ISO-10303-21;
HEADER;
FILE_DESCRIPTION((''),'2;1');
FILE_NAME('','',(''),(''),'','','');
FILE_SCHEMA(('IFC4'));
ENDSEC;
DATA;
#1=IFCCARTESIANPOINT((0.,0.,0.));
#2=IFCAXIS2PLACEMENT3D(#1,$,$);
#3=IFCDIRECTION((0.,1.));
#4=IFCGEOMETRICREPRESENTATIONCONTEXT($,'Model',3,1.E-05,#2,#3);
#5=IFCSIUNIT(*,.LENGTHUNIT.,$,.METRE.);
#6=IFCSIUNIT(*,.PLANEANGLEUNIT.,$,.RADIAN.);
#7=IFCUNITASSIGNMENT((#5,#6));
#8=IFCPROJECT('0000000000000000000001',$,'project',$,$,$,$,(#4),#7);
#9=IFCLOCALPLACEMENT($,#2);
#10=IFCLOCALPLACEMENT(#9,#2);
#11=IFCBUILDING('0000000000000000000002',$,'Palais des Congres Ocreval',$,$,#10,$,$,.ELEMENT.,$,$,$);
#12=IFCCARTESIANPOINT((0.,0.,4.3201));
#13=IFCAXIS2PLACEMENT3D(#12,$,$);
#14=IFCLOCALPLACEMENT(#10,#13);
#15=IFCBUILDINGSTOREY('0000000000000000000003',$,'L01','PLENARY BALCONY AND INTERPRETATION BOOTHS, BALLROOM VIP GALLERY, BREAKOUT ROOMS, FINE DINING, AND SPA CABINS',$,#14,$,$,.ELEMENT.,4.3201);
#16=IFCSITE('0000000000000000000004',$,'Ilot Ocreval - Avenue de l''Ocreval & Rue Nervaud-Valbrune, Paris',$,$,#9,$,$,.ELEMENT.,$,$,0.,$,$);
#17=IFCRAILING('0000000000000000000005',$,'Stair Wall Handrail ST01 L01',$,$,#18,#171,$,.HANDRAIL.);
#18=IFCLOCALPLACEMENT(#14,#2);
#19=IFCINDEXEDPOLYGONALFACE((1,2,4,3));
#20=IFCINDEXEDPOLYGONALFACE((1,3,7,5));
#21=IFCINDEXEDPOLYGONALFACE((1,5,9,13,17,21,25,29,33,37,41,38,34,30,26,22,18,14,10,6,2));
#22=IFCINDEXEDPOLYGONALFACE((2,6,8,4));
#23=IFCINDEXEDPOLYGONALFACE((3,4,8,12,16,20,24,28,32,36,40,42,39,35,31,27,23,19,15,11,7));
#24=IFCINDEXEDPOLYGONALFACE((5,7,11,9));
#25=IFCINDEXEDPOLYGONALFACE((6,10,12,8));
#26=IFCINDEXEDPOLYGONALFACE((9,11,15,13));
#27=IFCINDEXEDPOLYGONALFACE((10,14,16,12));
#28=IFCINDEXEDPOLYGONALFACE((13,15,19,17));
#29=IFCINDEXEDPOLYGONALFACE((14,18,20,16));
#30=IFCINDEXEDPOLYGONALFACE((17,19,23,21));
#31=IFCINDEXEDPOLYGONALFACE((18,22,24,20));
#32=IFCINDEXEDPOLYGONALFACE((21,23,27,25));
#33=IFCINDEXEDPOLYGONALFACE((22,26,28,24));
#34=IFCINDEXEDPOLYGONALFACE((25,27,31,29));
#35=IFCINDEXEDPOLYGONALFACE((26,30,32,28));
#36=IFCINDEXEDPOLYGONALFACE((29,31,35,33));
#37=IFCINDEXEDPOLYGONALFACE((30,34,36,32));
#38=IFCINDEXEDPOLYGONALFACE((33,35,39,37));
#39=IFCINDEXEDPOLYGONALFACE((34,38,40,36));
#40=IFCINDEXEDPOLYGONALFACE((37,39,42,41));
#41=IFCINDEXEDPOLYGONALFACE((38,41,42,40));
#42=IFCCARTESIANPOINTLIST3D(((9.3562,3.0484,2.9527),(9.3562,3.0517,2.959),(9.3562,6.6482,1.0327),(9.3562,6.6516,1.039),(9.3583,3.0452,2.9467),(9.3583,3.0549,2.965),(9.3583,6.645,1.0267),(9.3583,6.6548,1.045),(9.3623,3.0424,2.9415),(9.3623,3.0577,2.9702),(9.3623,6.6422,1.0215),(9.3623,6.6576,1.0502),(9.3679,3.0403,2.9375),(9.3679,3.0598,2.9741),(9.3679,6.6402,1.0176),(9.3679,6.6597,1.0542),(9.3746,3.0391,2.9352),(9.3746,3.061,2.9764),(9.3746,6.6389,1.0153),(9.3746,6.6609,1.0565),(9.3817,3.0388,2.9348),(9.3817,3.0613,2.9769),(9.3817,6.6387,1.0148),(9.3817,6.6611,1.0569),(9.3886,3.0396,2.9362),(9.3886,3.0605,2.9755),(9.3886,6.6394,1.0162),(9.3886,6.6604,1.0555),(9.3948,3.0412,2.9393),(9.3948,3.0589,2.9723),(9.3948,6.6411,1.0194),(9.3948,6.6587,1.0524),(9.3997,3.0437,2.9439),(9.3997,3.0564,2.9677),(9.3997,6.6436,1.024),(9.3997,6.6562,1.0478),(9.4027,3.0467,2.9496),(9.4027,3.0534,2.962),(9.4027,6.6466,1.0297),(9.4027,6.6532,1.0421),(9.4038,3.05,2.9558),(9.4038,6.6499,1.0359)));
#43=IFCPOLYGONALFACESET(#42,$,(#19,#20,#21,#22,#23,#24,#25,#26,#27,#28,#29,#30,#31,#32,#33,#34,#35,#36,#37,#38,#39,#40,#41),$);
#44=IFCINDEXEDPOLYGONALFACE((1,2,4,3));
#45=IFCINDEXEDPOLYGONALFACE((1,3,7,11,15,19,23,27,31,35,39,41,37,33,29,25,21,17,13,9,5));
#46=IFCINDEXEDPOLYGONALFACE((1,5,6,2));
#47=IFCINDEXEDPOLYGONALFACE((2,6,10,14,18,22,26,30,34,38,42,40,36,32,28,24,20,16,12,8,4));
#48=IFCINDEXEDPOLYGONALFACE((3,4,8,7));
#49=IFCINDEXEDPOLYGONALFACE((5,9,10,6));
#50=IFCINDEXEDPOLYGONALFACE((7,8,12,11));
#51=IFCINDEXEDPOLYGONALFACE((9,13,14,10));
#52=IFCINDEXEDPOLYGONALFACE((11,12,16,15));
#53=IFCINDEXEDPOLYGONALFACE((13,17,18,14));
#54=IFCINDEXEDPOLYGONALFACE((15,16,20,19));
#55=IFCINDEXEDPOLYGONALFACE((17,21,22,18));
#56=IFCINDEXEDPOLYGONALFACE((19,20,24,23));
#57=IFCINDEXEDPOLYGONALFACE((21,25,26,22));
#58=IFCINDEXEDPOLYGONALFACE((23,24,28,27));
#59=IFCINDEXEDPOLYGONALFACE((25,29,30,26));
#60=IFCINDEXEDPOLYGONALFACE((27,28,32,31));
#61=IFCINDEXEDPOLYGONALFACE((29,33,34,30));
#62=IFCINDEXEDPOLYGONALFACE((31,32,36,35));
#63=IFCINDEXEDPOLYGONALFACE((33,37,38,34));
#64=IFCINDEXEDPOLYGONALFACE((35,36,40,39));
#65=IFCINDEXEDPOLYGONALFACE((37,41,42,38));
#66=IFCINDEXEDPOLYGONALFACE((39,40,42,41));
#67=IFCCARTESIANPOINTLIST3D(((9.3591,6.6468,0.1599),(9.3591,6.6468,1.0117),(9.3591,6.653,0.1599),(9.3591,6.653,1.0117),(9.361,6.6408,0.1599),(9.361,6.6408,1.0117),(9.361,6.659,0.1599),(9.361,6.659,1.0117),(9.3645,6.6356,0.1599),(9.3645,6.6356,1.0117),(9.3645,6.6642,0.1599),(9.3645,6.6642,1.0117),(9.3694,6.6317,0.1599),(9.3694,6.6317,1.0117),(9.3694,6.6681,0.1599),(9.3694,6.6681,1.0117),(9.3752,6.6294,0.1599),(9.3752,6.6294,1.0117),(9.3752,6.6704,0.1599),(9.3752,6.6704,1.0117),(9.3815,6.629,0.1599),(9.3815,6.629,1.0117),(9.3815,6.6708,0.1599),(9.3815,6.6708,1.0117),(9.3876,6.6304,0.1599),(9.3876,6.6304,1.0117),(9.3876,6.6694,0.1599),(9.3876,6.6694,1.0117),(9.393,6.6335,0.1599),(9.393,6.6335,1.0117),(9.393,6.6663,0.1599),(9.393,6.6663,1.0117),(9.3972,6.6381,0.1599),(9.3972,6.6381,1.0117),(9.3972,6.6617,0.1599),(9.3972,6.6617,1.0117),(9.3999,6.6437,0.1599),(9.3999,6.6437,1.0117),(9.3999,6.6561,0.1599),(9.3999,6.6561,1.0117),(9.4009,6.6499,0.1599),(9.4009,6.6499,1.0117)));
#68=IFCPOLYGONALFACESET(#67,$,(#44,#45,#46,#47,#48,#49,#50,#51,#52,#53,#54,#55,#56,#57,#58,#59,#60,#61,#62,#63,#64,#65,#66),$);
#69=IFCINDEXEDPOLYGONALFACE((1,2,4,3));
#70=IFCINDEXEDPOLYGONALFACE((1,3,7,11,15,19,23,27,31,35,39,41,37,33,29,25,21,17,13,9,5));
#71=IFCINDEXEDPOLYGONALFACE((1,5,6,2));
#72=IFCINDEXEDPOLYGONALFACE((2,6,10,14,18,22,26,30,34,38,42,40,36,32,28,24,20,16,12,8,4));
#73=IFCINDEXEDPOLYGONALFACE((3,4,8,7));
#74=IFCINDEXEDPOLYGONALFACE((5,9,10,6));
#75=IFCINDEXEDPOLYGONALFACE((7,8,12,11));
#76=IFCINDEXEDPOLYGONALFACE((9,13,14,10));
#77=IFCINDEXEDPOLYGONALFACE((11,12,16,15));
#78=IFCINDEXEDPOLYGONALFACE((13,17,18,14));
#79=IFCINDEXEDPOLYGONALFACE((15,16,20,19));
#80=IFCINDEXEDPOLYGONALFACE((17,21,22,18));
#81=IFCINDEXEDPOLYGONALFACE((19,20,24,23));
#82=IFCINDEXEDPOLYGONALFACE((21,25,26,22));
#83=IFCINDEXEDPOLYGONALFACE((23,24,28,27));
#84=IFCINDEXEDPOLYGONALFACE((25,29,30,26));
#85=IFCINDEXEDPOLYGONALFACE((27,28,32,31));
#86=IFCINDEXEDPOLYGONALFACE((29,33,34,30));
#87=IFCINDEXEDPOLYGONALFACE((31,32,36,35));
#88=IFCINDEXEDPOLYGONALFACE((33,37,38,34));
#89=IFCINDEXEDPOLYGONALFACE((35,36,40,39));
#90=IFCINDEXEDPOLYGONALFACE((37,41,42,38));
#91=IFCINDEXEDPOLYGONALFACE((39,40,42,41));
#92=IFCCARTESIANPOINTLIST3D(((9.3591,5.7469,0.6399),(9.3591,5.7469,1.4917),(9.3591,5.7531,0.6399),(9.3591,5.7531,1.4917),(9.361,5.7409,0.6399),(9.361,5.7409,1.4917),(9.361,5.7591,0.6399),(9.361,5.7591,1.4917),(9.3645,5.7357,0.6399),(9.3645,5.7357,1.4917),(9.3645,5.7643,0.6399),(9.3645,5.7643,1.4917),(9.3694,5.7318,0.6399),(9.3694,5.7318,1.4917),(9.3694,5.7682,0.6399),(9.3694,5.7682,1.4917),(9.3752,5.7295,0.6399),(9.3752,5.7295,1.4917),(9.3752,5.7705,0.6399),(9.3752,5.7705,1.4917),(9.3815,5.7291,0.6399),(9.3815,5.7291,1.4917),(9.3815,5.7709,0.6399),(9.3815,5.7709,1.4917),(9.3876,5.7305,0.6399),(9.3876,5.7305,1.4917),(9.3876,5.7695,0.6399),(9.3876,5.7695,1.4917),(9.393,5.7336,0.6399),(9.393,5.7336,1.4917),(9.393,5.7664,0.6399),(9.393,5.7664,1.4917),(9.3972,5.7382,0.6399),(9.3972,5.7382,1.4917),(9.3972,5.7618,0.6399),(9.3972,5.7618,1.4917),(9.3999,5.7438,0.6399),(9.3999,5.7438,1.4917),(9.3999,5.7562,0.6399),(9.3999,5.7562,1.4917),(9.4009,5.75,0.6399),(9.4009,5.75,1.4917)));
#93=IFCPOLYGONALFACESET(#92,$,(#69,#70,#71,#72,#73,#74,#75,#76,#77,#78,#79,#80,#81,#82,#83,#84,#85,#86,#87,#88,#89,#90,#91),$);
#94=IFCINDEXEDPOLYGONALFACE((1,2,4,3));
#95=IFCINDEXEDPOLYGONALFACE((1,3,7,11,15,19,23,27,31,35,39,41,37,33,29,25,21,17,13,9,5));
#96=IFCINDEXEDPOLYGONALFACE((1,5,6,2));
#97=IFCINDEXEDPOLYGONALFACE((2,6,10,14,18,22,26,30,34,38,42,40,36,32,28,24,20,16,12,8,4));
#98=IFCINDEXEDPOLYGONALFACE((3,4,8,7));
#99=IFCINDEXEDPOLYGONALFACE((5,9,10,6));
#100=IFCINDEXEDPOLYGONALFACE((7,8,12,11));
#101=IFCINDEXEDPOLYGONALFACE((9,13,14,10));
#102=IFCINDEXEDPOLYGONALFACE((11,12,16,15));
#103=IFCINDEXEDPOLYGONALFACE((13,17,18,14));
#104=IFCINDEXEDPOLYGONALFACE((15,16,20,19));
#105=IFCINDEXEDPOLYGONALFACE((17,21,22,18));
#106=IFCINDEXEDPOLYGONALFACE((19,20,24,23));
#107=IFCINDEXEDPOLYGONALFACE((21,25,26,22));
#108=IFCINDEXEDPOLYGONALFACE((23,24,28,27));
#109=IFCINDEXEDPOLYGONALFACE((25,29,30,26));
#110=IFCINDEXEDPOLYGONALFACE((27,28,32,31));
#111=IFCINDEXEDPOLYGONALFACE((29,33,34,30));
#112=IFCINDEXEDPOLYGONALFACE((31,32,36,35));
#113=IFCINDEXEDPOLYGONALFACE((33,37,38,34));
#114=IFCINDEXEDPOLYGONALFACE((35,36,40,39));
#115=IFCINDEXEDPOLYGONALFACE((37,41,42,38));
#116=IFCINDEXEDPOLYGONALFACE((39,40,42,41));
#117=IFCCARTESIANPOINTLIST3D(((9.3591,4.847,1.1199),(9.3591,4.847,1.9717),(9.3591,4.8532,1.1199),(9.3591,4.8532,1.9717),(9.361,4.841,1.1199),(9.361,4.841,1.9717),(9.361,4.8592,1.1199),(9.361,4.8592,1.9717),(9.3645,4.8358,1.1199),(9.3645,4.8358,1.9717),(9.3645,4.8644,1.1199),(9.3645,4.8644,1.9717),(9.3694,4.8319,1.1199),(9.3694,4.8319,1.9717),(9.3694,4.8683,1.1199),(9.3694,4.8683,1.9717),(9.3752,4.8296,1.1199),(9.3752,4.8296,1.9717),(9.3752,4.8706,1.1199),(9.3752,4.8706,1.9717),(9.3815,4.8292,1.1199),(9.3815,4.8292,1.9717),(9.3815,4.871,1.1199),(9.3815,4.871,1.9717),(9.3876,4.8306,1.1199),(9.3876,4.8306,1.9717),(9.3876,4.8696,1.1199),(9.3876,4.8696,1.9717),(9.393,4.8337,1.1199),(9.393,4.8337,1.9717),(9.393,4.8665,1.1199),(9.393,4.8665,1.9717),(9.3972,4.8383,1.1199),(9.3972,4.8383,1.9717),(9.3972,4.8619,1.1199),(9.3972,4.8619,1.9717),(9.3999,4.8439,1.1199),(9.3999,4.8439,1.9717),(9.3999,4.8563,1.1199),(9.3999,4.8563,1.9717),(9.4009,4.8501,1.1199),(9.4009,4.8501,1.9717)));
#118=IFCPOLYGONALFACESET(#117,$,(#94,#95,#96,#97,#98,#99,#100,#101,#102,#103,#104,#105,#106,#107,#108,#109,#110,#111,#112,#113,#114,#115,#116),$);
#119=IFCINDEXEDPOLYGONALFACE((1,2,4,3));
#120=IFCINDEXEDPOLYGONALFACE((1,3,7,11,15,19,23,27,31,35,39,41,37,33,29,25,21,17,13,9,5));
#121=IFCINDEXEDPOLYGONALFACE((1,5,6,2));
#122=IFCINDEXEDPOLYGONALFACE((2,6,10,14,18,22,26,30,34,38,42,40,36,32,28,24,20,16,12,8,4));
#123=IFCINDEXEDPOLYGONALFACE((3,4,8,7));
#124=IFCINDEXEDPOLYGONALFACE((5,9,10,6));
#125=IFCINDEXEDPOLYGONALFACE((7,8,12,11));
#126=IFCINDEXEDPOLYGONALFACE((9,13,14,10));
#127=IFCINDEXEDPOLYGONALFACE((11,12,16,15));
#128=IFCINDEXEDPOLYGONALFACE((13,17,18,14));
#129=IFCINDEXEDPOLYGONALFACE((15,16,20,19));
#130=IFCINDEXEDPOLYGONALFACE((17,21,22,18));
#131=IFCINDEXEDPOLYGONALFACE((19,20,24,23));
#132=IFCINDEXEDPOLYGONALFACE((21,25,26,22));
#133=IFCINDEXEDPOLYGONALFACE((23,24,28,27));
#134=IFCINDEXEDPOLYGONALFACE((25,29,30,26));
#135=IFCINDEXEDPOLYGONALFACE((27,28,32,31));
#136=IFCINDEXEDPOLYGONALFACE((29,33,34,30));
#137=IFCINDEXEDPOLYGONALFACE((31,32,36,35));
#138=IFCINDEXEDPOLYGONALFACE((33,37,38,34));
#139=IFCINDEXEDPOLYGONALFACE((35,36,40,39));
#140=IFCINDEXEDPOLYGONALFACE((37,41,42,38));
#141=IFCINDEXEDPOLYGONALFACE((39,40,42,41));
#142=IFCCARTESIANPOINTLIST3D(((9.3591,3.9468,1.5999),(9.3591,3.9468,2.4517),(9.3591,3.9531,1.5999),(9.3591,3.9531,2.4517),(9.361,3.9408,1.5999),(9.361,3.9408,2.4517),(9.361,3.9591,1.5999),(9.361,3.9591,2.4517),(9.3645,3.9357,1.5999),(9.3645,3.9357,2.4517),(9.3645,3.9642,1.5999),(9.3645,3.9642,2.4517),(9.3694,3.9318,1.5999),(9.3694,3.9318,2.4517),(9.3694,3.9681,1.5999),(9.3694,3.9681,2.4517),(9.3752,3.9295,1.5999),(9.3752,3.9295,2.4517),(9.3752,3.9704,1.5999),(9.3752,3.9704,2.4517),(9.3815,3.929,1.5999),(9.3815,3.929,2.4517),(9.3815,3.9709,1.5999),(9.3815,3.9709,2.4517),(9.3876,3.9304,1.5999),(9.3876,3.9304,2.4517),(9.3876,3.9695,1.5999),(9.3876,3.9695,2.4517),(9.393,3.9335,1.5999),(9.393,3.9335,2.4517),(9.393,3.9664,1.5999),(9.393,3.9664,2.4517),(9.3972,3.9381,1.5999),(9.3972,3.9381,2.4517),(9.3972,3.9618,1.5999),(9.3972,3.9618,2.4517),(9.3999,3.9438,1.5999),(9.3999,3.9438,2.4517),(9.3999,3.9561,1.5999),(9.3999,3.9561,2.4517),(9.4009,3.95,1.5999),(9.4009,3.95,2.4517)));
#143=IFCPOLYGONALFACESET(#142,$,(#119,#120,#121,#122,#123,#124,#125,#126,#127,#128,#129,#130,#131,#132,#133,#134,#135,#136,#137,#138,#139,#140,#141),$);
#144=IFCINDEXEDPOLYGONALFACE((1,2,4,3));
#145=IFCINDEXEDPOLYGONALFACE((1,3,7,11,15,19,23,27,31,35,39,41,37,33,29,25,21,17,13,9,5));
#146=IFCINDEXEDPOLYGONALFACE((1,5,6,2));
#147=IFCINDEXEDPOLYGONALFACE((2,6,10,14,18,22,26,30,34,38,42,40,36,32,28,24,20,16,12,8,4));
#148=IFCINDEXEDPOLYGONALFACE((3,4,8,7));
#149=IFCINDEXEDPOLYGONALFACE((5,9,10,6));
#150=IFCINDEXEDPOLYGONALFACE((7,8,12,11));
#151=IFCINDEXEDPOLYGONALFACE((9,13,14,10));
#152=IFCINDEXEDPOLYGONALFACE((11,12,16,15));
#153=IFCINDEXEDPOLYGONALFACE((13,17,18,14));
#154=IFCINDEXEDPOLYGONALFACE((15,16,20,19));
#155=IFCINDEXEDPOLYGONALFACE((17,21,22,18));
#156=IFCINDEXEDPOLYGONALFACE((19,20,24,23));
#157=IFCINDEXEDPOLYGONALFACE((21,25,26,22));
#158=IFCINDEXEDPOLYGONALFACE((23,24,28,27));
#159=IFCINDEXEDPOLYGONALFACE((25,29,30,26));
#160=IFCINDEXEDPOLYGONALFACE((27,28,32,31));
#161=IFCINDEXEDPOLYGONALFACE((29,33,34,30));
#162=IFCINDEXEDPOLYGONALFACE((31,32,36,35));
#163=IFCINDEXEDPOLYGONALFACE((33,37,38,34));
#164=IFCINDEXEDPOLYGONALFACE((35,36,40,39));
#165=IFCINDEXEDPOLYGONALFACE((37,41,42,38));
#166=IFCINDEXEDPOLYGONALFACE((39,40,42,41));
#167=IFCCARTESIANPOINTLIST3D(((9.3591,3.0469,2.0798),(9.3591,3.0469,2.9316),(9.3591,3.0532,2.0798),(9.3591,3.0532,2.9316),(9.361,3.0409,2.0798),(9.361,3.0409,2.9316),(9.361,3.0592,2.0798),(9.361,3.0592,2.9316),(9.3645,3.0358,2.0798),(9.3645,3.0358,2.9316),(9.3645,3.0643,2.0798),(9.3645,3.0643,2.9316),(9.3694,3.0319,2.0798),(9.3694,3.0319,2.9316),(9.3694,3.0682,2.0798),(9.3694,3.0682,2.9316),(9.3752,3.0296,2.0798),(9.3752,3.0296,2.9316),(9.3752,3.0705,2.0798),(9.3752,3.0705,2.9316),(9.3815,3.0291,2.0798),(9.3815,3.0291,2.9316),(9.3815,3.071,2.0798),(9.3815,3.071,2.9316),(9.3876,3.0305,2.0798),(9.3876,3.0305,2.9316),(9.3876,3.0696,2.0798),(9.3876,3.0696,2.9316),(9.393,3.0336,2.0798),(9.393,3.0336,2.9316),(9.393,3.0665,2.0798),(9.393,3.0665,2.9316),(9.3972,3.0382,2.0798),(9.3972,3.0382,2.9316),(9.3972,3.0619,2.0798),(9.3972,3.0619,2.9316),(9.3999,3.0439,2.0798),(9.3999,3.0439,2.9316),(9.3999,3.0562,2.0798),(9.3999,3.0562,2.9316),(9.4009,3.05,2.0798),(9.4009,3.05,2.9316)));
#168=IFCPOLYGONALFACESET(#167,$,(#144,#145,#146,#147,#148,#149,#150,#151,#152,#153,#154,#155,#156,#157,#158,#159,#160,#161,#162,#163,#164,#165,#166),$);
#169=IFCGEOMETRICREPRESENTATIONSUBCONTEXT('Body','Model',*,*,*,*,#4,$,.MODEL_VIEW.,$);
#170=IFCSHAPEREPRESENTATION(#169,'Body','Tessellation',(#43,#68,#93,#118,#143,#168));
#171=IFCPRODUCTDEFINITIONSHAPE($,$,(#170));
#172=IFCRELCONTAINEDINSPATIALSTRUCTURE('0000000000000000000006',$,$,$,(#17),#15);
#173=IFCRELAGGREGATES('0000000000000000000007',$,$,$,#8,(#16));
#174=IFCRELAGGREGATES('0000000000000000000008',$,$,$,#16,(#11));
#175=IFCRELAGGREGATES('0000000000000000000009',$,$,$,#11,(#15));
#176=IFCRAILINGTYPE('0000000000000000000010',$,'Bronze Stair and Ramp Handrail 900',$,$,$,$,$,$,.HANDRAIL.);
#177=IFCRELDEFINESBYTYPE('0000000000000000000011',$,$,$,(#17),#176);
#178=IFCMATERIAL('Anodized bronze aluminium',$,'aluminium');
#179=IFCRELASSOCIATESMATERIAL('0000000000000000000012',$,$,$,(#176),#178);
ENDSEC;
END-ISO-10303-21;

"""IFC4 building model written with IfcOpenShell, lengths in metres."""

from ifc_helpers import new_model, si_unit, direction, frame, origin, origin_2d, place, context, subcontext, project, spatial, circle, extrude, material, type_object, element, save


model = new_model("IFC4")

# Units and contexts
model_context = context("Model", 3, precision=1e-05, world=origin(), true_north=direction((0.0, 1.0)))
body_context = subcontext(model_context, "Body", "Model", "MODEL_VIEW")
ifc_project = project(units=[si_unit("LENGTHUNIT", "METRE"), si_unit("PLANEANGLEUNIT", "RADIAN")], contexts=[model_context])

# Site, building, storey
site_placement = place(None, origin())
site = spatial("IfcSite", under=ifc_project, at=site_placement, Name="Ilot Ocreval - Avenue de l'Ocreval & Rue Nervaud-Valbrune, Paris", CompositionType="ELEMENT", RefElevation=0.0)
building_placement = place(site_placement, origin())
building = spatial("IfcBuilding", under=site, at=building_placement, Name="Palais des Congres Ocreval", CompositionType="ELEMENT")
storey_placement = place(building_placement, frame((0.0, 0.0, 4.3201)))
storey = spatial("IfcBuildingStorey", under=building, at=storey_placement, Name="L01", Description="PLENARY BALCONY AND INTERPRETATION BOOTHS, BALLROOM VIP GALLERY, BREAKOUT ROOMS, FINE DINING, AND SPA CABINS", CompositionType="ELEMENT", Elevation=4.3201)

# Railing
ifc_material_1 = material(Name="Anodized bronze aluminium", Category="aluminium")
railing_type_1 = type_object("IfcRailingType", Name="Bronze Stair and Ramp Handrail 900", PredefinedType="HANDRAIL", material=ifc_material_1)
railing_1_placement = place(storey_placement, frame((9.3799, 6.6499, 0.1599)))
element("IfcRailing", 1, at=railing_1_placement, inside=storey, type_object=railing_type_1, Name="Stair Wall Handrail ST01 L01", PredefinedType="HANDRAIL", context=body_context, shape_type="SweptSolid", body=[
    extrude(circle(Radius=0.0239, at=origin_2d()), frame((0.0, 0.0, 0.876), z_axis=(0.0, -0.882353, 0.470588), x_axis=(1.0, 0.0, 0.0)), (0.0, 0.0, 1.0), 4.0798),
    extrude(circle(Radius=0.021, at=origin_2d()), origin(), (0.0, 0.0, 1.0), 0.8518),
    extrude(circle(Radius=0.021, at=origin_2d()), frame((0.0, -0.8999, 0.48)), (0.0, 0.0, 1.0), 0.8518),
    extrude(circle(Radius=0.021, at=origin_2d()), frame((0.0, -1.7998, 0.96)), (0.0, 0.0, 1.0), 0.8518),
    extrude(circle(Radius=0.021, at=origin_2d()), frame((0.0, -2.7, 1.4399)), (0.0, 0.0, 1.0), 0.8518),
    extrude(circle(Radius=0.021, at=origin_2d()), frame((0.0, -3.5999, 1.9199)), (0.0, 0.0, 1.0), 0.8518),
])

save(model, "model.ifc")
